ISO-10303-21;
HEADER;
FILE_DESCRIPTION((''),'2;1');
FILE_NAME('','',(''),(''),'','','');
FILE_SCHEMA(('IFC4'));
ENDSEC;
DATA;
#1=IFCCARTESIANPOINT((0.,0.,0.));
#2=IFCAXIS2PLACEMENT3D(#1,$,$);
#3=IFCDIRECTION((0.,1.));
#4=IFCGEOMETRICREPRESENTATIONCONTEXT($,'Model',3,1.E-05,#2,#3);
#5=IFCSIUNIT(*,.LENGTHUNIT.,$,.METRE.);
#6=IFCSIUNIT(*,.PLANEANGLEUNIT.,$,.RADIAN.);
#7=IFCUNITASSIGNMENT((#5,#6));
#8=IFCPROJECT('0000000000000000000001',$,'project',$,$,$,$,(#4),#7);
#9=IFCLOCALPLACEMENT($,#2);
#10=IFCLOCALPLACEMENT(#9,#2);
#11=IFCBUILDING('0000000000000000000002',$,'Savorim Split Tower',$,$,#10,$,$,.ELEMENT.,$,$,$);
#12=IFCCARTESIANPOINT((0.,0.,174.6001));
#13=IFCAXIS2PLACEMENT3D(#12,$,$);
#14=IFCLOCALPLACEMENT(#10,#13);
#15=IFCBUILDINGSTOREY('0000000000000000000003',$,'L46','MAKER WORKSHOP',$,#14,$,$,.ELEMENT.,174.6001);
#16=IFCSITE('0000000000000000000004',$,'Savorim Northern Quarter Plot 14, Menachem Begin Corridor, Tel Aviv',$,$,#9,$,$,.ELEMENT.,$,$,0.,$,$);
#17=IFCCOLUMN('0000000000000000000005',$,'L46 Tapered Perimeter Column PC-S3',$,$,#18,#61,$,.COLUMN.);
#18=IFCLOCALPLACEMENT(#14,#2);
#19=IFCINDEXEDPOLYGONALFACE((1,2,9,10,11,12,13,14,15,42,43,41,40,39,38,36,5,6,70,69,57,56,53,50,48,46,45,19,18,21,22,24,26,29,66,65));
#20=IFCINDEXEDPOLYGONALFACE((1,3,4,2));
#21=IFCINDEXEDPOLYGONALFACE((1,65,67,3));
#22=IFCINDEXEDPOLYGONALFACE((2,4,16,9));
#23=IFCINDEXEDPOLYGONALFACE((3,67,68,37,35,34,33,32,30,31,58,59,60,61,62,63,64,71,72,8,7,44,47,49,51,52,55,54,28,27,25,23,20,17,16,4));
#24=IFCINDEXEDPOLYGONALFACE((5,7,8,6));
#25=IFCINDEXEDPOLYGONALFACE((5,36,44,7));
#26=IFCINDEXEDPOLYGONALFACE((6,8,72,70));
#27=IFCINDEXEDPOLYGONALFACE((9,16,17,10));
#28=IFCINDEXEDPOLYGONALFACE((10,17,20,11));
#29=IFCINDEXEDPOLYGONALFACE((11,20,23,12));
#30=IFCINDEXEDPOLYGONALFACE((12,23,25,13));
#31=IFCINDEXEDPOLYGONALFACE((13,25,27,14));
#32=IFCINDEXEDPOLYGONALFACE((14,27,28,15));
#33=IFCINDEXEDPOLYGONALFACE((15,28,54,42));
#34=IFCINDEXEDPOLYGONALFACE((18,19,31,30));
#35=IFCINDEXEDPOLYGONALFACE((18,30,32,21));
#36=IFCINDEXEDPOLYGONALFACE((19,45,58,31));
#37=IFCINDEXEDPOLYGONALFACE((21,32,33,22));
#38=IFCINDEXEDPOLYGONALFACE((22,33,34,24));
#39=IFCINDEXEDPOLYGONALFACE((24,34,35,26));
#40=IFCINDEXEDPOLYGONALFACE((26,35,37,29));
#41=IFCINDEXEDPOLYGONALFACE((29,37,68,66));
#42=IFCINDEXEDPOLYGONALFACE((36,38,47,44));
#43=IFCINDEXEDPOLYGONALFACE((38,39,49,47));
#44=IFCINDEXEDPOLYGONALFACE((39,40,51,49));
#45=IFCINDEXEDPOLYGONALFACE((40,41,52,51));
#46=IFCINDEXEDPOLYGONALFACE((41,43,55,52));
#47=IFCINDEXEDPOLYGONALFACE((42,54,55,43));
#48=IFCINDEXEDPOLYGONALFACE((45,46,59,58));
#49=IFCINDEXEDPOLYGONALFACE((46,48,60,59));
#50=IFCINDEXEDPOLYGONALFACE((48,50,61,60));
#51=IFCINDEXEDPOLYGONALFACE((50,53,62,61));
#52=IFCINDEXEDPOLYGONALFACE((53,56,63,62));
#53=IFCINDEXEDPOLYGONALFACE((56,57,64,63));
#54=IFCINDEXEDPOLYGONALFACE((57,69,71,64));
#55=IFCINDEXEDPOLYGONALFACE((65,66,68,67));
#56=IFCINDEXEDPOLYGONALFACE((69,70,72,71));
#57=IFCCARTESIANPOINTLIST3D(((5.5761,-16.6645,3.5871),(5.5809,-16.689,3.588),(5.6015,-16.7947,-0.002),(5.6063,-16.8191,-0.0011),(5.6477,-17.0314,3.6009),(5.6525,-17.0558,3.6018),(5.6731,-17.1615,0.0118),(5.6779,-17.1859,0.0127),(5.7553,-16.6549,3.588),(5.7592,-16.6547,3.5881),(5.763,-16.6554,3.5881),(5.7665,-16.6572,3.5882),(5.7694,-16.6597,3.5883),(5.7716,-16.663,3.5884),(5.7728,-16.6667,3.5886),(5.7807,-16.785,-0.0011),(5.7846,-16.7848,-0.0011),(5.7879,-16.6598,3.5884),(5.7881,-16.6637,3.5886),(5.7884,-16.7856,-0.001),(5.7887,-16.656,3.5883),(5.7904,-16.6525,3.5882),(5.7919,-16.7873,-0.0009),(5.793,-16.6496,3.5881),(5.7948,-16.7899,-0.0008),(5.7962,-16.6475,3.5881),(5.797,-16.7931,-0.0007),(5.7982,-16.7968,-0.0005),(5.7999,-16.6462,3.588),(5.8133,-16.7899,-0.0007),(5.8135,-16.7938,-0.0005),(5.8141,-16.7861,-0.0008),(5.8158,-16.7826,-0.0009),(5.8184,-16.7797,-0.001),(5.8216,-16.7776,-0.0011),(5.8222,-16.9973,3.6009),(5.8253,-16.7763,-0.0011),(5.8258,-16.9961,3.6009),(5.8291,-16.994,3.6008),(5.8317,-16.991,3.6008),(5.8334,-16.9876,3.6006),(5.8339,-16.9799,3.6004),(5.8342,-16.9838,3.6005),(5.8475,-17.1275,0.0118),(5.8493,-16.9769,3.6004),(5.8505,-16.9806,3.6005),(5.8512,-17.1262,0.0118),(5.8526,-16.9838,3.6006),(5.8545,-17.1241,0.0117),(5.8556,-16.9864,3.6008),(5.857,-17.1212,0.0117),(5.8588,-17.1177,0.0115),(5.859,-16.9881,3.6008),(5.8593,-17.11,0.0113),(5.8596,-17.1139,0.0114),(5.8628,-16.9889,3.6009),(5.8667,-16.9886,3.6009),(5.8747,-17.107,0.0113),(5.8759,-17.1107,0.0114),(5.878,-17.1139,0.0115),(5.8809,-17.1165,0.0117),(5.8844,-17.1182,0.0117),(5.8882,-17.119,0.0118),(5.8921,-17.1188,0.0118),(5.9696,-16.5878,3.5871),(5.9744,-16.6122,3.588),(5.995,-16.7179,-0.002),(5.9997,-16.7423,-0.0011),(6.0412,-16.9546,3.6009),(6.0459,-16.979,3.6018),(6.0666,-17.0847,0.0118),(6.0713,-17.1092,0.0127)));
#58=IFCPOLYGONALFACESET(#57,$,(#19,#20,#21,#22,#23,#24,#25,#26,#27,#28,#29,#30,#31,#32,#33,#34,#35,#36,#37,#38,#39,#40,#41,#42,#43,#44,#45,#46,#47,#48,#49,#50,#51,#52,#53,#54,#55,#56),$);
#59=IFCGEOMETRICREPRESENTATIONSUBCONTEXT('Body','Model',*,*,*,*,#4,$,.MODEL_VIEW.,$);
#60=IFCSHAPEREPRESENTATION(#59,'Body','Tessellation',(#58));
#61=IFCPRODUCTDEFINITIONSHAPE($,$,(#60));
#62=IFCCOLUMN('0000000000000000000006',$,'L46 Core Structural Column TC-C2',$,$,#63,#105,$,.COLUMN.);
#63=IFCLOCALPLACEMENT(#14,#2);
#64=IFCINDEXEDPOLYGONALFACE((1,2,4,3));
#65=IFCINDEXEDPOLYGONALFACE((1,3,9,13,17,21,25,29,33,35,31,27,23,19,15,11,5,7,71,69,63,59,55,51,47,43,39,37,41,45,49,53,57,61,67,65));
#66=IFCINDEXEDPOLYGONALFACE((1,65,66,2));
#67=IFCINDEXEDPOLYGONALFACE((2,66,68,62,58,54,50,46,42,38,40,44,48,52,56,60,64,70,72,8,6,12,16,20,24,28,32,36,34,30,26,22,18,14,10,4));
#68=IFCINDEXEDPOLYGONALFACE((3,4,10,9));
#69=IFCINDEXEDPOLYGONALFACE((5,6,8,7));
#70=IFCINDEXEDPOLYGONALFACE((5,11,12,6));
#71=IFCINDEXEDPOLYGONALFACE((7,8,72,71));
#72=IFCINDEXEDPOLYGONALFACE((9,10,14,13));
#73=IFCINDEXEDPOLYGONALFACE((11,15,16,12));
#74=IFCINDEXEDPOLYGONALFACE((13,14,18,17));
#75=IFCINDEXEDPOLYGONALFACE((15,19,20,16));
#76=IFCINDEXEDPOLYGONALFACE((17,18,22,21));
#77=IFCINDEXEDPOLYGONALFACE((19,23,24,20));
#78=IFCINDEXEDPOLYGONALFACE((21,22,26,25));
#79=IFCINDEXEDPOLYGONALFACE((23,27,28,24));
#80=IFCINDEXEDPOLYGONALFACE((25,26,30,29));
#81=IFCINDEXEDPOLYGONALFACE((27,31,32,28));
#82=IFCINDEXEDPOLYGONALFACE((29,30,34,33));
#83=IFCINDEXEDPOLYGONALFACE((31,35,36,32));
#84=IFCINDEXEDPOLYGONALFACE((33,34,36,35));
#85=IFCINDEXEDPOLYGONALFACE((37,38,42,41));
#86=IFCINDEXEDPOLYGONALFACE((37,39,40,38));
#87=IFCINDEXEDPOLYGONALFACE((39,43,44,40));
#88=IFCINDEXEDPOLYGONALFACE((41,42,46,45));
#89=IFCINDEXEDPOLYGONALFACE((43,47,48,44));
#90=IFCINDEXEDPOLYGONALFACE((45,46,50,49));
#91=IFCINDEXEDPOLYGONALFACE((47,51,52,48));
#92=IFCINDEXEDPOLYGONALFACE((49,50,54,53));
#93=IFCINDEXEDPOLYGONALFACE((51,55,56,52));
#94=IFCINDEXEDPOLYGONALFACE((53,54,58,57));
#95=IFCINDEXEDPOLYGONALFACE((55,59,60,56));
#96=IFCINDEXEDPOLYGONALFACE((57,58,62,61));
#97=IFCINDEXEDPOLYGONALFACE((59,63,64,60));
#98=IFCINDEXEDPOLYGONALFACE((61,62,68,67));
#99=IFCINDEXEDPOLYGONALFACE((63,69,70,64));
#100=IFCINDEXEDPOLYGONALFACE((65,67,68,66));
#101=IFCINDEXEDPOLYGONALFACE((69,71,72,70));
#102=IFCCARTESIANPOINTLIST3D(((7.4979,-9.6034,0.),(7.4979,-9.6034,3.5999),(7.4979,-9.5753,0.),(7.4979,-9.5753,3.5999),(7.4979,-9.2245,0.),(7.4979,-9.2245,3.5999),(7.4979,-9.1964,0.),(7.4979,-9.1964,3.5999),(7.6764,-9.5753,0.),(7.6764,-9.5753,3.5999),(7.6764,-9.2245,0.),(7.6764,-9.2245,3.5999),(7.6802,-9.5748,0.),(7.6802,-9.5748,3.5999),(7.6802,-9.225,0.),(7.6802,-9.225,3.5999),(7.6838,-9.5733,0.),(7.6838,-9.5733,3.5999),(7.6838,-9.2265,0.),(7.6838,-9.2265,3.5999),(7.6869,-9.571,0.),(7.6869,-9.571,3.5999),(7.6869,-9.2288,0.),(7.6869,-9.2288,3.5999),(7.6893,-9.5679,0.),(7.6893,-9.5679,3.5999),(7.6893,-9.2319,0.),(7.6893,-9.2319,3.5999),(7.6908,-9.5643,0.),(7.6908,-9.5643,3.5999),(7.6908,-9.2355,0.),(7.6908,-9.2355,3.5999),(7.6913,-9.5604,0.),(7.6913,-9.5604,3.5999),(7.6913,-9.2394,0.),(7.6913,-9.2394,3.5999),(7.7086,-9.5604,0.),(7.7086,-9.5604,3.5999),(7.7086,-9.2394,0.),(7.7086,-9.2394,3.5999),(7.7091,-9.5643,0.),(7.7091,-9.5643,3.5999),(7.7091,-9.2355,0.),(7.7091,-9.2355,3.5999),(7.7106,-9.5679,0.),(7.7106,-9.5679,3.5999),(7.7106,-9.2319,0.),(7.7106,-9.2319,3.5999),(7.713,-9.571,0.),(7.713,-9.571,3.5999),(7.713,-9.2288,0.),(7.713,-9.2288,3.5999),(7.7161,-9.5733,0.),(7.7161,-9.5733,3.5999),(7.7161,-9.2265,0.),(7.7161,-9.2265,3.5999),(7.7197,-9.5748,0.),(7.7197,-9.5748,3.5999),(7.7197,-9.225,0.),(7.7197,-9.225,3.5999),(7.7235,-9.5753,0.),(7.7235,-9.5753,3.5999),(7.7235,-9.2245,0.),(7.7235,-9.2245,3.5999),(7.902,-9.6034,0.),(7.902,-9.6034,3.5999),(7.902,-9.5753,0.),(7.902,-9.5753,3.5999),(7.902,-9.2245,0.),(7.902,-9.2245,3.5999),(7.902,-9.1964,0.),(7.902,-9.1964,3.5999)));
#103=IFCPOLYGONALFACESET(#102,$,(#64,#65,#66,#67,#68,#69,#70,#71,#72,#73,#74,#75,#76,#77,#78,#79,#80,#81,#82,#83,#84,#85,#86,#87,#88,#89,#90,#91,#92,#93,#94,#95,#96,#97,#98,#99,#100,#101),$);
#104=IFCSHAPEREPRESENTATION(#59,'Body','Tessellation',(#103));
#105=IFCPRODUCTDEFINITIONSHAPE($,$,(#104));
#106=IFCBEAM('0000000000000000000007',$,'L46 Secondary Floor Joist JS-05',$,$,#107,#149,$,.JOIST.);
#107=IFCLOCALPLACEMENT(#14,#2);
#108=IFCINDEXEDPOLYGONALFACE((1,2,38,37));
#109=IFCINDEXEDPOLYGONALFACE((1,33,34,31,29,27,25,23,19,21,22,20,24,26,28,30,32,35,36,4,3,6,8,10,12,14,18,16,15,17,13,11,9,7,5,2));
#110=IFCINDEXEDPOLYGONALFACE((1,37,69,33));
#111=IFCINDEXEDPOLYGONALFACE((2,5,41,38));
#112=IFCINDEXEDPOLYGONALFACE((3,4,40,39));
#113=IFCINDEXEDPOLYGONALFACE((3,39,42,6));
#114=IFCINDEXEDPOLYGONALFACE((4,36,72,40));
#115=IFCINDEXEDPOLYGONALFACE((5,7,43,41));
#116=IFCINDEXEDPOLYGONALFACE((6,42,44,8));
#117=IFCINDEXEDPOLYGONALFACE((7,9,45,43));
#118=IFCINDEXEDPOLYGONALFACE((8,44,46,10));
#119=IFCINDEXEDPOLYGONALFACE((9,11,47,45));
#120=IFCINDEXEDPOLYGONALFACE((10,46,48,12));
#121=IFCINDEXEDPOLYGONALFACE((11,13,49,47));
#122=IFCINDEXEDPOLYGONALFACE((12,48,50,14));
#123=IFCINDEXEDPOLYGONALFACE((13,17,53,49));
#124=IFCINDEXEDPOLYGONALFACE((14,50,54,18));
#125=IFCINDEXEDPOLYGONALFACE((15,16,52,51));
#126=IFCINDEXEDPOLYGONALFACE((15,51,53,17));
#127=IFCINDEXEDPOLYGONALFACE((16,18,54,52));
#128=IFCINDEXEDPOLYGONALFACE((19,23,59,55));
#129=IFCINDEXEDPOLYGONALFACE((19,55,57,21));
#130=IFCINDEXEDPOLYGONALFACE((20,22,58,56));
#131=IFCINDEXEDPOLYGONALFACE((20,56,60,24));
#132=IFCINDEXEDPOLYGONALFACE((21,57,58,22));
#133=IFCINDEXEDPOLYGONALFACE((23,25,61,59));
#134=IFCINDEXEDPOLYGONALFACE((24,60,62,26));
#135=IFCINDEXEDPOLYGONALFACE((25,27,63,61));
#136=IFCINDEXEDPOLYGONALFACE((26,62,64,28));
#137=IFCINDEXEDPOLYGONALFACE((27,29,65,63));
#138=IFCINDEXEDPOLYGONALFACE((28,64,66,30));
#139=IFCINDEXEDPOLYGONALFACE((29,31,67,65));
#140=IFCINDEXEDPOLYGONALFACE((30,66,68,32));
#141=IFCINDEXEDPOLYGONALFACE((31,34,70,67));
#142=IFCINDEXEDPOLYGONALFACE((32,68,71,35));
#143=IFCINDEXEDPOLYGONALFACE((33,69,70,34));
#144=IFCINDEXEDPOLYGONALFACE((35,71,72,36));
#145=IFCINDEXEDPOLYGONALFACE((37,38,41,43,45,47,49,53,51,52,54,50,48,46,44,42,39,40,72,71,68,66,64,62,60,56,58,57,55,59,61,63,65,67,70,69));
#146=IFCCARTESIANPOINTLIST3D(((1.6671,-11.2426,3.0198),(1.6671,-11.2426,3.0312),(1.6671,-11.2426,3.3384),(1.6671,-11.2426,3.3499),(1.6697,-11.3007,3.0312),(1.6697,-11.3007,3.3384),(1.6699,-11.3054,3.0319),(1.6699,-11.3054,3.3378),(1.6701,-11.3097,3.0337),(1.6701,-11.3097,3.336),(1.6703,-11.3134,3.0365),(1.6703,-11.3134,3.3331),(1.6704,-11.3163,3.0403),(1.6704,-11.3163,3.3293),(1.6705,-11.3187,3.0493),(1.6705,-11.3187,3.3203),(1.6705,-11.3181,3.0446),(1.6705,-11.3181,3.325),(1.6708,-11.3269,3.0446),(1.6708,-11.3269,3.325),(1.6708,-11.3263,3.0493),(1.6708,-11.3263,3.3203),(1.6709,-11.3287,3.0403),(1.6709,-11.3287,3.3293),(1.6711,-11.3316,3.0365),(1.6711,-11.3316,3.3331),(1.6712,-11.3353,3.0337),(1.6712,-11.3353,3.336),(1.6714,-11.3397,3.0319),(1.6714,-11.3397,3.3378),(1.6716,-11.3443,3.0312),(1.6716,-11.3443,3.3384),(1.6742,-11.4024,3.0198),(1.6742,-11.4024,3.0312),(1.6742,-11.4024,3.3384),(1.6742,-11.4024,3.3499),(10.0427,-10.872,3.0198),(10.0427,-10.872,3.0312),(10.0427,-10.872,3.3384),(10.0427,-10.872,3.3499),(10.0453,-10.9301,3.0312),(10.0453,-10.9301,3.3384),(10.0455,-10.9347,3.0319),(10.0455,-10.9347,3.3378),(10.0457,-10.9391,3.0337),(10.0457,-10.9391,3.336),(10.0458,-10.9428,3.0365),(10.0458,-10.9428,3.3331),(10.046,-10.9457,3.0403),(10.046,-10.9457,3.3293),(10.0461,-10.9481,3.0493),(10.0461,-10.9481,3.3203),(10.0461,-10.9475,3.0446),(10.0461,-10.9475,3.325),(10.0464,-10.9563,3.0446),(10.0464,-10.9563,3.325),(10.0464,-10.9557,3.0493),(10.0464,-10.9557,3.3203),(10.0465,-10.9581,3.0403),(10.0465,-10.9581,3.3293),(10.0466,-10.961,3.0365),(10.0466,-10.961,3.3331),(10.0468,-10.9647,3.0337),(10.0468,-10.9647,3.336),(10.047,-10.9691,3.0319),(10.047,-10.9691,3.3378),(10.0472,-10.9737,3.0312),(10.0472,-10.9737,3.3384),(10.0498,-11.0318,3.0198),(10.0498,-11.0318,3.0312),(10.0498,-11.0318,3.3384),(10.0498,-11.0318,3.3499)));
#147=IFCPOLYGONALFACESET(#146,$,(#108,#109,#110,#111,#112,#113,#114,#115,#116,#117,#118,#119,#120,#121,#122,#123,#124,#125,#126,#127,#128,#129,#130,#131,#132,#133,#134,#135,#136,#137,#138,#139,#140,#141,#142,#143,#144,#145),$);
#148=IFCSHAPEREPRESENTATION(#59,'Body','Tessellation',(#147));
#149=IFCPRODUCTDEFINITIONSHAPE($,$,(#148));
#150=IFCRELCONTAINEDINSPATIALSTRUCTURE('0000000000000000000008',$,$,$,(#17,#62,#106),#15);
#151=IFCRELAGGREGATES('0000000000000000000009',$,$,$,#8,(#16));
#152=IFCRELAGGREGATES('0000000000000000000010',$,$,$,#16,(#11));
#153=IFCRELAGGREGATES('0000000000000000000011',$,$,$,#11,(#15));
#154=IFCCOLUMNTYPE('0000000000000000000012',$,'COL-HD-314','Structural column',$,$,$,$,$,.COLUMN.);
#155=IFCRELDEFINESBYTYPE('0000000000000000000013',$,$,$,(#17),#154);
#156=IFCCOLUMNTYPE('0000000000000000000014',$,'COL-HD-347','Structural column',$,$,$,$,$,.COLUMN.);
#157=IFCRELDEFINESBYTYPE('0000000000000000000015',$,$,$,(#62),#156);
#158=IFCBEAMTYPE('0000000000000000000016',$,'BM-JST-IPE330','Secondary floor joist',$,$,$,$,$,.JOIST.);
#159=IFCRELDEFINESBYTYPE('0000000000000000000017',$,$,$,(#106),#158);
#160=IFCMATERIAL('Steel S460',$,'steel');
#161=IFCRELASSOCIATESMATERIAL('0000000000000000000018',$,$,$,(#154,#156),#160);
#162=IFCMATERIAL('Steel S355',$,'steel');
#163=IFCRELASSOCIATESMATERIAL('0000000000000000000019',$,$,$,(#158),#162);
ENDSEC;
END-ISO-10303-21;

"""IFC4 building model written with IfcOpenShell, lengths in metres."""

from ifc_helpers import new_model, si_unit, direction, frame, origin, origin_2d, place, context, subcontext, project, spatial, i_section, extrude, material, material_profile, profile_set, type_object, element, save


model = new_model("IFC4")

# Units and contexts
model_context = context("Model", 3, precision=1e-05, world=origin(), true_north=direction((0.0, 1.0)))
body_context = subcontext(model_context, "Body", "Model", "MODEL_VIEW")
ifc_project = project(units=[si_unit("LENGTHUNIT", "METRE"), si_unit("PLANEANGLEUNIT", "RADIAN")], contexts=[model_context])

# Site, building, storey
site_placement = place(None, origin())
site = spatial("IfcSite", under=ifc_project, at=site_placement, Name="Savorim Northern Quarter Plot 14, Menachem Begin Corridor, Tel Aviv", CompositionType="ELEMENT", RefElevation=0.0)
building_placement = place(site_placement, origin())
building = spatial("IfcBuilding", under=site, at=building_placement, Name="Savorim Split Tower", CompositionType="ELEMENT")
storey_placement = place(building_placement, frame((0.0, 0.0, 174.6001)))
storey = spatial("IfcBuildingStorey", under=building, at=storey_placement, Name="L46", Description="MAKER WORKSHOP", CompositionType="ELEMENT", Elevation=174.6001)

# Columns
ifc_material_1 = material(Name="Steel S460", Category="steel")
ifc_material_profile_1 = material_profile(ifc_material_1, i_section(OverallWidth=0.4009, OverallDepth=0.3989, WebThickness=0.0156, FlangeThickness=0.0249, FilletRadius=0.0149, at=origin_2d()), Name="HD 400x314")
ifc_profile_set_1 = profile_set([ifc_material_profile_1], Name="Steel S460")
column_type_1 = type_object("IfcColumnType", Name="COL-HD-314", Description="Structural column", PredefinedType="COLUMN", material=ifc_profile_set_1)
column_1_placement = place(storey_placement, frame((5.8364, -16.9519, 0.0054), z_axis=(-0.00707, 0.036231, 0.999318), x_axis=(-0.981491, -0.19151, 0.0)))
element("IfcColumn", 1, at=column_1_placement, inside=storey, type_object=column_type_1, Name="L46 Tapered Perimeter Column PC-S3", PredefinedType="COLUMN", context=body_context, shape_type="SweptSolid", body=[
    extrude(i_section(OverallWidth=0.4009, OverallDepth=0.3989, WebThickness=0.0156, FlangeThickness=0.0249, FilletRadius=0.0149, at=origin_2d()), origin(), (0.0, 0.0, 1.0), 3.5916),
])
ifc_material_profile_2 = material_profile(ifc_material_1, i_section(OverallWidth=0.4041, OverallDepth=0.407, WebThickness=0.0173, FlangeThickness=0.0281, FilletRadius=0.0149, at=origin_2d()), Name="HD 400x347")
ifc_profile_set_2 = profile_set([ifc_material_profile_2], Name="Steel S460")
column_type_2 = type_object("IfcColumnType", Name="COL-HD-347", Description="Structural column", PredefinedType="COLUMN", material=ifc_profile_set_2)
column_2_placement = place(storey_placement, frame((7.7, -9.3999, 0.0), z_axis=(0.0, 0.0, 1.0), x_axis=(1.0, 0.0, 0.0)))
element("IfcColumn", 2, at=column_2_placement, inside=storey, type_object=column_type_2, Name="L46 Core Structural Column TC-C2", PredefinedType="COLUMN", context=body_context, shape_type="SweptSolid", body=[
    extrude(i_section(OverallWidth=0.4041, OverallDepth=0.407, WebThickness=0.0173, FlangeThickness=0.0281, FilletRadius=0.0149, at=origin_2d()), origin(), (0.0, 0.0, 1.0), 3.5999),
])

# Beam
ifc_material_2 = material(Name="Steel S355", Category="steel")
ifc_material_profile_3 = material_profile(ifc_material_2, i_section(OverallWidth=0.1599, OverallDepth=0.3301, WebThickness=0.0076, FlangeThickness=0.0115, FilletRadius=0.0181, at=origin_2d()), Name="IPE 330")
ifc_profile_set_3 = profile_set([ifc_material_profile_3], Name="Steel S355")
beam_type_1 = type_object("IfcBeamType", Name="BM-JST-IPE330", Description="Secondary floor joist", PredefinedType="JOIST", material=ifc_profile_set_3)
beam_1_placement = place(storey_placement, frame((1.6707, -11.3225, 3.1848), z_axis=(0.999022, 0.044206, 0.0), x_axis=(-0.044206, 0.999022, 0.0)))
element("IfcBeam", 3, at=beam_1_placement, inside=storey, type_object=beam_type_1, Name="L46 Secondary Floor Joist JS-05", PredefinedType="JOIST", context=body_context, shape_type="SweptSolid", body=[
    extrude(i_section(OverallWidth=0.1599, OverallDepth=0.3301, WebThickness=0.0076, FlangeThickness=0.0115, FilletRadius=0.0181, at=origin_2d()), origin(), (0.0, 0.0, 1.0), 8.3838),
])

save(model, "model.ifc")
